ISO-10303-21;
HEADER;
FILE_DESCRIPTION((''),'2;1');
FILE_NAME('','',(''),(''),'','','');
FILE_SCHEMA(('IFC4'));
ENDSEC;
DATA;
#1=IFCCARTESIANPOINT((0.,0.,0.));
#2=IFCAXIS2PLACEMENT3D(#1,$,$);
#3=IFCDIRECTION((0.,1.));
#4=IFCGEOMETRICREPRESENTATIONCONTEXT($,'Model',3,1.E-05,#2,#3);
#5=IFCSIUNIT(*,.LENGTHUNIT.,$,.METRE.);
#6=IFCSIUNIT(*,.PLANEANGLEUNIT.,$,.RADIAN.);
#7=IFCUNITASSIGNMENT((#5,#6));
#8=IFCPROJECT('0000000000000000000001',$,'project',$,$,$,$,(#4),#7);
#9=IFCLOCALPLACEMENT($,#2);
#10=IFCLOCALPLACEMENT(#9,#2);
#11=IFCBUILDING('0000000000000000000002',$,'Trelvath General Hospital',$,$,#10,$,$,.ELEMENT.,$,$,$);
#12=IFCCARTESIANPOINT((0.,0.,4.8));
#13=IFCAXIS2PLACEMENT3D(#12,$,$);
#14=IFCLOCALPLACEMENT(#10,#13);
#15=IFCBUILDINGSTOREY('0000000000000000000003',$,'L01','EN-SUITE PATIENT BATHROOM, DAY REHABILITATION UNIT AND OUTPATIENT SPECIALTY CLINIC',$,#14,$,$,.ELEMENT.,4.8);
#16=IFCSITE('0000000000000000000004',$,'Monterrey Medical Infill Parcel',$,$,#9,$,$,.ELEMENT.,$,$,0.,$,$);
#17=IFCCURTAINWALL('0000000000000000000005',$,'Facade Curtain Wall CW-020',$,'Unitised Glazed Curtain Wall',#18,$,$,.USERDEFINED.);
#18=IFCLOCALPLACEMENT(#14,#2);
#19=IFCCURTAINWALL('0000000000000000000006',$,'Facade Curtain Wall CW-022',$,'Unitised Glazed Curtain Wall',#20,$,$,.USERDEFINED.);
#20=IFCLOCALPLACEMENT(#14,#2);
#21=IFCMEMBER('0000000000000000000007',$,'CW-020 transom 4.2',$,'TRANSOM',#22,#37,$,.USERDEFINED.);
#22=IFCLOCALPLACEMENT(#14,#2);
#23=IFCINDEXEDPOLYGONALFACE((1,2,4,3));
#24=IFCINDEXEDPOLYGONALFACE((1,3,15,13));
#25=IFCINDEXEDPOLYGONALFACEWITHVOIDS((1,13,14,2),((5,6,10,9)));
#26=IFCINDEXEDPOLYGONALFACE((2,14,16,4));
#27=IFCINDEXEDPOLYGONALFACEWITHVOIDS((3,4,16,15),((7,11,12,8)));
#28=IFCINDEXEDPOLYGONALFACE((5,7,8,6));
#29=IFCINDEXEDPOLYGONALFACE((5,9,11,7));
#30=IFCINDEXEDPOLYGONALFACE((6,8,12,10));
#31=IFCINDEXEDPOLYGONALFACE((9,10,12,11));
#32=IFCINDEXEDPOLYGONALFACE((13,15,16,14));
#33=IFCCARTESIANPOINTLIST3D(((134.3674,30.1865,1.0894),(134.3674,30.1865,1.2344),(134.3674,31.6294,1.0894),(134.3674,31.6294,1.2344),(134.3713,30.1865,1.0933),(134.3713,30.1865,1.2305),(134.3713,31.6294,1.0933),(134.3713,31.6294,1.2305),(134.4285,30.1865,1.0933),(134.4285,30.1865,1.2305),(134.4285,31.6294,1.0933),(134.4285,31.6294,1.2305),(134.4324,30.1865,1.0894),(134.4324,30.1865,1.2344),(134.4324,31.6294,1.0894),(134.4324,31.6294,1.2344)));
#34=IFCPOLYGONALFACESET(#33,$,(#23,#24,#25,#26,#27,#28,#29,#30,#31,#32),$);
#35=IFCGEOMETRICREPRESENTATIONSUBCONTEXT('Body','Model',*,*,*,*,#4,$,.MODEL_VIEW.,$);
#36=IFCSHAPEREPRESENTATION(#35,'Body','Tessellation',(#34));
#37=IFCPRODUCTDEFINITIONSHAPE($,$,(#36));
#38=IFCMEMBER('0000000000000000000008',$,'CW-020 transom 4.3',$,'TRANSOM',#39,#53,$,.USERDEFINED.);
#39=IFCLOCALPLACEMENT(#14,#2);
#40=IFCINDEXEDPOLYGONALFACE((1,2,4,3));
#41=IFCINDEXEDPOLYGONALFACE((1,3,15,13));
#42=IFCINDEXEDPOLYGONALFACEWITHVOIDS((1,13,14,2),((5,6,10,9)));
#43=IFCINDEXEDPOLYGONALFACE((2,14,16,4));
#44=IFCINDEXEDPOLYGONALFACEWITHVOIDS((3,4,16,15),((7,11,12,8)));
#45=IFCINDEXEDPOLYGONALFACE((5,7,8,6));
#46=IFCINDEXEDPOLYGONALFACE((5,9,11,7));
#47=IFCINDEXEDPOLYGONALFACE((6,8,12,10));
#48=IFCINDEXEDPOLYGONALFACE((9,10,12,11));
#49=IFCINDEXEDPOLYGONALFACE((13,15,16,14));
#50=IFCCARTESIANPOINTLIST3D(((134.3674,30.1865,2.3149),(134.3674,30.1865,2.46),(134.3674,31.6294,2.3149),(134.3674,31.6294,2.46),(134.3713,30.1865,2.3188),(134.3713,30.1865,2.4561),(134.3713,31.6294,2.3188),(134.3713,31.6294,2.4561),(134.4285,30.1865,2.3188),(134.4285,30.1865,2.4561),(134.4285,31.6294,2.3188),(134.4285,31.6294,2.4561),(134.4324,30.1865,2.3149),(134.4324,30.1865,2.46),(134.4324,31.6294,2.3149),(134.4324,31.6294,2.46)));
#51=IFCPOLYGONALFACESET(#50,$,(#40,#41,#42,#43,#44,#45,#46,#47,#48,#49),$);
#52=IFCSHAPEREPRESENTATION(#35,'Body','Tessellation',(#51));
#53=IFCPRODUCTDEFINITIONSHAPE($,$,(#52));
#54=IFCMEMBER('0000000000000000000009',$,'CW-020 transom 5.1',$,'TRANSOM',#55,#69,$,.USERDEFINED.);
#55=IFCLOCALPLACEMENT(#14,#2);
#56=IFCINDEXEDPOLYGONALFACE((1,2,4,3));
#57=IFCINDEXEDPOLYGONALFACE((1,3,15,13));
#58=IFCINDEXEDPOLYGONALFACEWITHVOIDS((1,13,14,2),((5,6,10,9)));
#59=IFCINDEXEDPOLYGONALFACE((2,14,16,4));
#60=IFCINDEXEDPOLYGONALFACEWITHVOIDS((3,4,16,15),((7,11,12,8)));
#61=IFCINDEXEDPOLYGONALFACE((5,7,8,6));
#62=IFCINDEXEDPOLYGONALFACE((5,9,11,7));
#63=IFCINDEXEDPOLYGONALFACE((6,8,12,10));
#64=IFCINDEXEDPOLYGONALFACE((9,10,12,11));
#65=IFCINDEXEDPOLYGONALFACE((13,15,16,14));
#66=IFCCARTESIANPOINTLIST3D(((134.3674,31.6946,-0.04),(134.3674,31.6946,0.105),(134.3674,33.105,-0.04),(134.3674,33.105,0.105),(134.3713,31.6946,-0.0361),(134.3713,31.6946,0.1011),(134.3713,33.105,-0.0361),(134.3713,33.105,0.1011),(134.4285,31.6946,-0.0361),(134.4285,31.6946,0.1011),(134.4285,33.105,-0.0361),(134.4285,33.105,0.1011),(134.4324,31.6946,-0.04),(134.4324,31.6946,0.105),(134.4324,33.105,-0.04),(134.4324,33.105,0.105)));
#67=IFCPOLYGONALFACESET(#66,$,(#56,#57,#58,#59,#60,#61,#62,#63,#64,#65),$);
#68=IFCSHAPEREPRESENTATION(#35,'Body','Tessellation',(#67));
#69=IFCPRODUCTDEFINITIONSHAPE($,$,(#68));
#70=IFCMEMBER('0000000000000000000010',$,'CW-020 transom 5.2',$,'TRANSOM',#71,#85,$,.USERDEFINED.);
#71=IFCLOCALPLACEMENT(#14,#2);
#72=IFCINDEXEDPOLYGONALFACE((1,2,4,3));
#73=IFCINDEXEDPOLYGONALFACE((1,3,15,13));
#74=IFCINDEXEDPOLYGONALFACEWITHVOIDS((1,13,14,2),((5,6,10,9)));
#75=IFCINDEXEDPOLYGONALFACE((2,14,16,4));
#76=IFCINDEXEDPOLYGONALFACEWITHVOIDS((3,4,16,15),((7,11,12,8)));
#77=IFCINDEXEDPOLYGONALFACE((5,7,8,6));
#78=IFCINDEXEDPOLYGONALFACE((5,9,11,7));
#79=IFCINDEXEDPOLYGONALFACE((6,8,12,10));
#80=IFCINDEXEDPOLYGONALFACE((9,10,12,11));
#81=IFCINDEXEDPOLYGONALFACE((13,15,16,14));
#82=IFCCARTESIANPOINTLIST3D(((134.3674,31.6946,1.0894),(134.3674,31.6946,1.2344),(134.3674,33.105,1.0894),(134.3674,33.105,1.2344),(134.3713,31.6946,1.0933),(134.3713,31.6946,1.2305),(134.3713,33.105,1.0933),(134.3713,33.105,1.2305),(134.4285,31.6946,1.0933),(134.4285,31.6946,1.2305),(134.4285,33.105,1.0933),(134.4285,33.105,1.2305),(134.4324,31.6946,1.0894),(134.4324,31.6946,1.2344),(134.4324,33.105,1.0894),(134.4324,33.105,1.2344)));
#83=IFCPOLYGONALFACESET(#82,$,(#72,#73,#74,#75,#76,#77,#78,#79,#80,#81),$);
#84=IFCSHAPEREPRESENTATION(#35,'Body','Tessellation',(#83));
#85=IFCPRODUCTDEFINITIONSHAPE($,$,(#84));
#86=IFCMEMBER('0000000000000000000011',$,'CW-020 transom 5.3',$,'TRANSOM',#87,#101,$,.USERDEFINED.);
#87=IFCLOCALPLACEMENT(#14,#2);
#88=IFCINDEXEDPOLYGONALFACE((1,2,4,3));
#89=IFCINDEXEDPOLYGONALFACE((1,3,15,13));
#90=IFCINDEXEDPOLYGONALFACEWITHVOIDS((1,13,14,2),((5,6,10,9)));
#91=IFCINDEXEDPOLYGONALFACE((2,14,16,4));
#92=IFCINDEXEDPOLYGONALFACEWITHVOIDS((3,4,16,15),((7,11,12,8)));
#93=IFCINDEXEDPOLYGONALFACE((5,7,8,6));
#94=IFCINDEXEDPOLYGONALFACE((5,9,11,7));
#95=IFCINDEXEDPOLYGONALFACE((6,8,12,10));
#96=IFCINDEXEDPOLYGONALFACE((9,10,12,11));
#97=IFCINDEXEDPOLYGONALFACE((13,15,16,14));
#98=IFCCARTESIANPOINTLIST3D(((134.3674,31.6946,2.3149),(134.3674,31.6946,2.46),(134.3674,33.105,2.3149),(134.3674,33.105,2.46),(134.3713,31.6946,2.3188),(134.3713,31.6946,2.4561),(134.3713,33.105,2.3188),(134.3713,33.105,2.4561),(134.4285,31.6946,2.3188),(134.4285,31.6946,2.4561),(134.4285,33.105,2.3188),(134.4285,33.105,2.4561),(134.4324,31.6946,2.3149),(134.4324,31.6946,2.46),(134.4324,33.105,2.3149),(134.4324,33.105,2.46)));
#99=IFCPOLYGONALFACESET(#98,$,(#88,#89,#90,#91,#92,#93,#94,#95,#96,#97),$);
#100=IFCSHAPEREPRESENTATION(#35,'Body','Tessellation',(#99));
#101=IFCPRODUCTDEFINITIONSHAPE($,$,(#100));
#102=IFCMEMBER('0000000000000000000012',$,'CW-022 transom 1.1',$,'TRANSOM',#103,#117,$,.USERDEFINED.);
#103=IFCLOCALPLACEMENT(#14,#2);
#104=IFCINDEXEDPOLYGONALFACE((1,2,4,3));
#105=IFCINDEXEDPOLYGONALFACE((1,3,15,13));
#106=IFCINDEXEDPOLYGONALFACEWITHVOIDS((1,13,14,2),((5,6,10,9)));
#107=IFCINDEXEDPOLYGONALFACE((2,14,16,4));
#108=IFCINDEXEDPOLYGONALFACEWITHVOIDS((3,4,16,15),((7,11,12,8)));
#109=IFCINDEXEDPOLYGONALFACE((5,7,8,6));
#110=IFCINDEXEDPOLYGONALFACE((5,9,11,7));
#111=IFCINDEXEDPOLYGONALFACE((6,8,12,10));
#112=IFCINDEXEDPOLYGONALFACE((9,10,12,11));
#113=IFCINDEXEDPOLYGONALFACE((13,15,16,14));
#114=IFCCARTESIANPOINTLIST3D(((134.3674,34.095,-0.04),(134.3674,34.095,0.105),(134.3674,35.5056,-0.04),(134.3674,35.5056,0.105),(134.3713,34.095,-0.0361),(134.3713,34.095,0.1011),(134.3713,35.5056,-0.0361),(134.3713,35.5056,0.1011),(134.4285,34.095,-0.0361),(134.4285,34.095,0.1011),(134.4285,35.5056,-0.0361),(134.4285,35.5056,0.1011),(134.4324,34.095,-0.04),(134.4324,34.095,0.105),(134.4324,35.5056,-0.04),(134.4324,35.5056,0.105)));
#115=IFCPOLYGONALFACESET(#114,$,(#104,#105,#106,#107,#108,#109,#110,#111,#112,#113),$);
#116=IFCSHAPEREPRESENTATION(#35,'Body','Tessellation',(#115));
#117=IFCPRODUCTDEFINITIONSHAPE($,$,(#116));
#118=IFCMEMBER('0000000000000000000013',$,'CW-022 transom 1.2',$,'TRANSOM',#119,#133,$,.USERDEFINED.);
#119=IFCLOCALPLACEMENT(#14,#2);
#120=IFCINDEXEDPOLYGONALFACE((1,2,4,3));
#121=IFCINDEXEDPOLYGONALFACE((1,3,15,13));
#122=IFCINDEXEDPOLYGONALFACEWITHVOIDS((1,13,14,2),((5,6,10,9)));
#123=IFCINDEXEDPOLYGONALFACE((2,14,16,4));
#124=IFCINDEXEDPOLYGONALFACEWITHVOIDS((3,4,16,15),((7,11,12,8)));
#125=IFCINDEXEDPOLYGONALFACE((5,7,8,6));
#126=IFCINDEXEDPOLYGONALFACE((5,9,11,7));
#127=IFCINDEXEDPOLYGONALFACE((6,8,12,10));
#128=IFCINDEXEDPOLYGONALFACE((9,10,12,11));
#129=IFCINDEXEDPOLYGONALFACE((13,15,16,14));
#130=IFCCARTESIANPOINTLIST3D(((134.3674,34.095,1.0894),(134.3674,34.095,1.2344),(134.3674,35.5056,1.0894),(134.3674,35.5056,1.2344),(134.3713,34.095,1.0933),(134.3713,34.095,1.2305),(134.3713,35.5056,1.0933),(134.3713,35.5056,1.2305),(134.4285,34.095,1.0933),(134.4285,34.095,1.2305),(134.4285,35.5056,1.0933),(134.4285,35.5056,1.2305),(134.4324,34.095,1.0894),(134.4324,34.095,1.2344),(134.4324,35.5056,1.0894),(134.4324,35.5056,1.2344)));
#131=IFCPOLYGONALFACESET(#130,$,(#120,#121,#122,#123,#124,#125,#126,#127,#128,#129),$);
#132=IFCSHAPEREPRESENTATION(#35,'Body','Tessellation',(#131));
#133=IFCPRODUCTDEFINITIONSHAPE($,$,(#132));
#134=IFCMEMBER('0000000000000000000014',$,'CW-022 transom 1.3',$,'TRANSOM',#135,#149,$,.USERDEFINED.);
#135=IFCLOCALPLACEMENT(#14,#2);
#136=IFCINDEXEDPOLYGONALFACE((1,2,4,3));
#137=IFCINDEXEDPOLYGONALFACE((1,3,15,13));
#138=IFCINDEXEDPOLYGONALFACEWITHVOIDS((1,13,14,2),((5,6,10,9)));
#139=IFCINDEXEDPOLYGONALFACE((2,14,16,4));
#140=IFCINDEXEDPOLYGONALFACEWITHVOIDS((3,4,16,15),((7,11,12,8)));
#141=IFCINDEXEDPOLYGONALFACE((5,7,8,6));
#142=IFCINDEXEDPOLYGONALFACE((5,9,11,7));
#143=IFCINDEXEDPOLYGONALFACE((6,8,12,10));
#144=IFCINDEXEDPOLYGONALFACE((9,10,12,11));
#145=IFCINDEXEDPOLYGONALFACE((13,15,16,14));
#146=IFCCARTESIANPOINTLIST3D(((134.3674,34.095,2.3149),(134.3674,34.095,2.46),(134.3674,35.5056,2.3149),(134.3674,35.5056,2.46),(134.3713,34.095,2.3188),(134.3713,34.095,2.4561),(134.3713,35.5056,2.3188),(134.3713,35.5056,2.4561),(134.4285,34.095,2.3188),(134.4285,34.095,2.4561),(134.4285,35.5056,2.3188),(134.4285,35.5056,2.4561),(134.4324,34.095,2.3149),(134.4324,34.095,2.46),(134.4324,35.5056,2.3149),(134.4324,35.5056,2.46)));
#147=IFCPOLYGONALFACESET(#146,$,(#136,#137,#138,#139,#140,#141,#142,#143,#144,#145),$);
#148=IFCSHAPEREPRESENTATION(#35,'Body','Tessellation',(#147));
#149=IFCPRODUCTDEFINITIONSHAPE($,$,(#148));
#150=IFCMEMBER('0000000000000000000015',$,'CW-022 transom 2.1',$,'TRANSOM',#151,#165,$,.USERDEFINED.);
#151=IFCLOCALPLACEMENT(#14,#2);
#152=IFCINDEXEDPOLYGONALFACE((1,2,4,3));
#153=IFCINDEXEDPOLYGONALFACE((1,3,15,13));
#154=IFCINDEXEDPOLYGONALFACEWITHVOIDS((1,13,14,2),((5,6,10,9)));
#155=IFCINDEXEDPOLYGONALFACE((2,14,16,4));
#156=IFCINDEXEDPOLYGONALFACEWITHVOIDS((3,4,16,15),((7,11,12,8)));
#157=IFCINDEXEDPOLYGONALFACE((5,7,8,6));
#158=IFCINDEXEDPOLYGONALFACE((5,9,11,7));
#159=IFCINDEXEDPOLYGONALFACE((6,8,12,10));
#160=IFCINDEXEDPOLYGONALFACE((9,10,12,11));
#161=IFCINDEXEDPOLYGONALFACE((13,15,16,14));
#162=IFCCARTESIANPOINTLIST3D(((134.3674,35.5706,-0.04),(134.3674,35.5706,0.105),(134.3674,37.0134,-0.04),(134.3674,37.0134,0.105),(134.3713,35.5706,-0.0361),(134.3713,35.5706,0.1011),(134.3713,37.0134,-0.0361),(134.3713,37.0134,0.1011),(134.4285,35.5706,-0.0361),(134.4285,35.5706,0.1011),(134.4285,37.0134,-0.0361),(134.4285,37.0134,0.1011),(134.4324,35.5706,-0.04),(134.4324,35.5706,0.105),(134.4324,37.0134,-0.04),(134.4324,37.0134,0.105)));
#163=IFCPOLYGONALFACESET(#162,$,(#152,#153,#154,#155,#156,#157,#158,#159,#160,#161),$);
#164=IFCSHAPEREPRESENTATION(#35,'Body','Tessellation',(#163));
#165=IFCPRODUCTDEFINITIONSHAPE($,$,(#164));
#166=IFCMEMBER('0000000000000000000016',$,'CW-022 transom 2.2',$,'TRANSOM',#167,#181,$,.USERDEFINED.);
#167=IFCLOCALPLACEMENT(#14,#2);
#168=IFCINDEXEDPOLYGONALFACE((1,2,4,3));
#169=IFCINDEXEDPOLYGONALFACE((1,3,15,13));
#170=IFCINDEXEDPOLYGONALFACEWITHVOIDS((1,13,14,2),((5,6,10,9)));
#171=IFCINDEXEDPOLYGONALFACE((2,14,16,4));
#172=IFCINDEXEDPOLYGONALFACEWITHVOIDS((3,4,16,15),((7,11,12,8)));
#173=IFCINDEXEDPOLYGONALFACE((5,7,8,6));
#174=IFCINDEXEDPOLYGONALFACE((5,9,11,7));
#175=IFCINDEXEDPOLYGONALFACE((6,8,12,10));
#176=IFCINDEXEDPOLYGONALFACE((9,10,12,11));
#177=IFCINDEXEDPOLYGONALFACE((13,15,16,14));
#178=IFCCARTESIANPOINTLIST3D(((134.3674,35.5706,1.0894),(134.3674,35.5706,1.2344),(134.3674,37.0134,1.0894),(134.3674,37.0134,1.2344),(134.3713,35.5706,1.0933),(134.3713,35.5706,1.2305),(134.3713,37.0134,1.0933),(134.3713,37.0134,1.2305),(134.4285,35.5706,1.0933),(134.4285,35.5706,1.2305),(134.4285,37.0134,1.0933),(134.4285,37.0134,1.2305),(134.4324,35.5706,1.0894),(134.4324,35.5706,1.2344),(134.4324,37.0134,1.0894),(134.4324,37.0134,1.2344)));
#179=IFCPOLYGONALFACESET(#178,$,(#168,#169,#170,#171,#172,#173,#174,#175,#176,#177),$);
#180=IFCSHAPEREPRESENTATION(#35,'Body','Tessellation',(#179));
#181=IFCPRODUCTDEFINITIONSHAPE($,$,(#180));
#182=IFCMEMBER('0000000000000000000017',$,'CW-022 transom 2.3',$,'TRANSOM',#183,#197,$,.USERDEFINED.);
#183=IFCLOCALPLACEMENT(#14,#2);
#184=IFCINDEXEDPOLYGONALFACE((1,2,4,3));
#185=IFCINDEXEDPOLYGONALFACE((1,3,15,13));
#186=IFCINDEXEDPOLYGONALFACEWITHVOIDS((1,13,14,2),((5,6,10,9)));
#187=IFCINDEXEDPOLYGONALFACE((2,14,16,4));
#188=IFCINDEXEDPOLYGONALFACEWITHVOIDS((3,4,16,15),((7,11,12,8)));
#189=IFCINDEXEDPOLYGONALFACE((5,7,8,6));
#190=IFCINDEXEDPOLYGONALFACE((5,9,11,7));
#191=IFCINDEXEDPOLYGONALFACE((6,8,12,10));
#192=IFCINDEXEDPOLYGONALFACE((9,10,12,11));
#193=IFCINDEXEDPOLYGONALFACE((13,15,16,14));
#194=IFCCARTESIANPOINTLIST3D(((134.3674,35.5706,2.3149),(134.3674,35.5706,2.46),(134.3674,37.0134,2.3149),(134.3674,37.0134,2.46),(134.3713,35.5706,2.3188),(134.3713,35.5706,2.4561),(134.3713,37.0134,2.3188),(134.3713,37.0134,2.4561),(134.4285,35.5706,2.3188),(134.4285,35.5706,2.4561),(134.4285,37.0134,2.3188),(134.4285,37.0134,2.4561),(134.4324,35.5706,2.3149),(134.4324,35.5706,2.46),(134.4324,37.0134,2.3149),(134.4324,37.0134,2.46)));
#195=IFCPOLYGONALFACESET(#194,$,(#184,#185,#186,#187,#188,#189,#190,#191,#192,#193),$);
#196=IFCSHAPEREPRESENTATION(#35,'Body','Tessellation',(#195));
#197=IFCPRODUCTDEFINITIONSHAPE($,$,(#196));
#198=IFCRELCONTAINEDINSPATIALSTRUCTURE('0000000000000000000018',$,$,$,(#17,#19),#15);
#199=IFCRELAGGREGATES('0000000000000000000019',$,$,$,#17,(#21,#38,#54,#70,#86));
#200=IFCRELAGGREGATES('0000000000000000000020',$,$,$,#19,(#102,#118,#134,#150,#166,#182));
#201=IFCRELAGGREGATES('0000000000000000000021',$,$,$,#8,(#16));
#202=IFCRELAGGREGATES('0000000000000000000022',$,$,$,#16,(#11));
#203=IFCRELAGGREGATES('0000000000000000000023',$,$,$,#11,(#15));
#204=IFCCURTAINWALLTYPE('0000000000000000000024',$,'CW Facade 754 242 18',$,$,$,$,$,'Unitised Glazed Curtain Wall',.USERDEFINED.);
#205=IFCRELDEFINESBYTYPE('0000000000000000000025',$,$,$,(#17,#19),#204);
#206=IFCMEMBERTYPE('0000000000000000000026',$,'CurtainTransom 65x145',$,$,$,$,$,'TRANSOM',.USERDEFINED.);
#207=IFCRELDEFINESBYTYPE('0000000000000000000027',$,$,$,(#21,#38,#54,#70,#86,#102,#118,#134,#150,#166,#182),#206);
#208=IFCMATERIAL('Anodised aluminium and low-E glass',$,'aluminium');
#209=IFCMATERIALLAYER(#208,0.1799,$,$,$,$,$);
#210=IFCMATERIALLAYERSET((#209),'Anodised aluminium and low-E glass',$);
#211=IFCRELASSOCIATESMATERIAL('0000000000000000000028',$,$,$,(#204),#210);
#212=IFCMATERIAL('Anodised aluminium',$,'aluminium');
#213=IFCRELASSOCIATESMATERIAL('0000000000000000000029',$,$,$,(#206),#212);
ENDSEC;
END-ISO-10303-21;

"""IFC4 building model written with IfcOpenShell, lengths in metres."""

from ifc_helpers import new_model, si_unit, direction, frame, origin, origin_2d, place, context, subcontext, project, spatial, hollow_rectangle, extrude, material, layer, layer_set, material_profile, profile_set, type_object, element, aggregate, save


model = new_model("IFC4")

# Units and contexts
model_context = context("Model", 3, precision=1e-05, world=origin(), true_north=direction((0.0, 1.0)))
body_context = subcontext(model_context, "Body", "Model", "MODEL_VIEW")
ifc_project = project(units=[si_unit("LENGTHUNIT", "METRE"), si_unit("PLANEANGLEUNIT", "RADIAN")], contexts=[model_context])

# Site, building, storey
site_placement = place(None, origin())
site = spatial("IfcSite", under=ifc_project, at=site_placement, Name="Monterrey Medical Infill Parcel", CompositionType="ELEMENT", RefElevation=0.0)
building_placement = place(site_placement, origin())
building = spatial("IfcBuilding", under=site, at=building_placement, Name="Trelvath General Hospital", CompositionType="ELEMENT")
storey_placement = place(building_placement, frame((0.0, 0.0, 4.8)))
storey = spatial("IfcBuildingStorey", under=building, at=storey_placement, Name="L01", Description="EN-SUITE PATIENT BATHROOM, DAY REHABILITATION UNIT AND OUTPATIENT SPECIALTY CLINIC", CompositionType="ELEMENT", Elevation=4.8)

# Curtain walls
ifc_material_1 = material(Name="Anodised aluminium and low-E glass", Category="aluminium")
ifc_layer_1 = layer(ifc_material_1, 0.1799)
ifc_layer_set_1 = layer_set([ifc_layer_1], Name="Anodised aluminium and low-E glass")
curtain_wall_type = type_object("IfcCurtainWallType", Name="CW Facade 754 242 18", ElementType="Unitised Glazed Curtain Wall", PredefinedType="USERDEFINED", material=ifc_layer_set_1)
curtain_wall_1_placement = place(storey_placement, origin())
curtain_wall_1 = element("IfcCurtainWall", 1, at=curtain_wall_1_placement, inside=storey, type_object=curtain_wall_type, Name="Facade Curtain Wall CW-020", ObjectType="Unitised Glazed Curtain Wall", PredefinedType="USERDEFINED")
curtain_wall_2_placement = place(storey_placement, origin())
curtain_wall_2 = element("IfcCurtainWall", 2, at=curtain_wall_2_placement, inside=storey, type_object=curtain_wall_type, Name="Facade Curtain Wall CW-022", ObjectType="Unitised Glazed Curtain Wall", PredefinedType="USERDEFINED")

# Members
ifc_material_2 = material(Name="Anodised aluminium", Category="aluminium")
ifc_material_profile_1 = material_profile(ifc_material_2, hollow_rectangle(XDim=0.0649, YDim=0.145, WallThickness=0.0039, at=origin_2d()), Name="RHS65x145x4")
ifc_profile_set_1 = profile_set([ifc_material_profile_1], Name="Anodised aluminium")
member_type_1 = type_object("IfcMemberType", Name="CurtainTransom 65x145", ElementType="TRANSOM", PredefinedType="USERDEFINED", material=ifc_profile_set_1)
member_1_placement = place(storey_placement, frame((134.3999, 30.1865, 1.1619), z_axis=(0.0, 1.0, 0.0), x_axis=(-1.0, 0.0, 0.0)))
member_1 = element("IfcMember", 3, at=member_1_placement, type_object=member_type_1, Name="CW-020 transom 4.2", ObjectType="TRANSOM", PredefinedType="USERDEFINED", context=body_context, shape_type="SweptSolid", body=[
    extrude(hollow_rectangle(XDim=0.0649, YDim=0.145, WallThickness=0.0039, at=origin_2d()), origin(), (0.0, 0.0, 1.0), 1.4429),
])
member_2_placement = place(storey_placement, frame((134.3999, 30.1865, 2.3875), z_axis=(0.0, 1.0, 0.0), x_axis=(-1.0, 0.0, 0.0)))
member_2 = element("IfcMember", 4, at=member_2_placement, type_object=member_type_1, Name="CW-020 transom 4.3", ObjectType="TRANSOM", PredefinedType="USERDEFINED", context=body_context, shape_type="SweptSolid", body=[
    extrude(hollow_rectangle(XDim=0.0649, YDim=0.145, WallThickness=0.0039, at=origin_2d()), origin(), (0.0, 0.0, 1.0), 1.4429),
])
member_3_placement = place(storey_placement, frame((134.3999, 31.6946, 0.0325), z_axis=(0.0, 1.0, 0.0), x_axis=(-1.0, 0.0, 0.0)))
member_3 = element("IfcMember", 5, at=member_3_placement, type_object=member_type_1, Name="CW-020 transom 5.1", ObjectType="TRANSOM", PredefinedType="USERDEFINED", context=body_context, shape_type="SweptSolid", body=[
    extrude(hollow_rectangle(XDim=0.0649, YDim=0.145, WallThickness=0.0039, at=origin_2d()), origin(), (0.0, 0.0, 1.0), 1.4104),
])
member_4_placement = place(storey_placement, frame((134.3999, 31.6946, 1.1619), z_axis=(0.0, 1.0, 0.0), x_axis=(-1.0, 0.0, 0.0)))
member_4 = element("IfcMember", 6, at=member_4_placement, type_object=member_type_1, Name="CW-020 transom 5.2", ObjectType="TRANSOM", PredefinedType="USERDEFINED", context=body_context, shape_type="SweptSolid", body=[
    extrude(hollow_rectangle(XDim=0.0649, YDim=0.145, WallThickness=0.0039, at=origin_2d()), origin(), (0.0, 0.0, 1.0), 1.4104),
])
member_5_placement = place(storey_placement, frame((134.3999, 31.6946, 2.3875), z_axis=(0.0, 1.0, 0.0), x_axis=(-1.0, 0.0, 0.0)))
member_5 = element("IfcMember", 7, at=member_5_placement, type_object=member_type_1, Name="CW-020 transom 5.3", ObjectType="TRANSOM", PredefinedType="USERDEFINED", context=body_context, shape_type="SweptSolid", body=[
    extrude(hollow_rectangle(XDim=0.0649, YDim=0.145, WallThickness=0.0039, at=origin_2d()), origin(), (0.0, 0.0, 1.0), 1.4104),
])
member_6_placement = place(storey_placement, frame((134.3999, 34.095, 0.0325), z_axis=(0.0, 1.0, 0.0), x_axis=(-1.0, 0.0, 0.0)))
member_6 = element("IfcMember", 8, at=member_6_placement, type_object=member_type_1, Name="CW-022 transom 1.1", ObjectType="TRANSOM", PredefinedType="USERDEFINED", context=body_context, shape_type="SweptSolid", body=[
    extrude(hollow_rectangle(XDim=0.0649, YDim=0.145, WallThickness=0.0039, at=origin_2d()), origin(), (0.0, 0.0, 1.0), 1.4106),
])
member_7_placement = place(storey_placement, frame((134.3999, 34.095, 1.1619), z_axis=(0.0, 1.0, 0.0), x_axis=(-1.0, 0.0, 0.0)))
member_7 = element("IfcMember", 9, at=member_7_placement, type_object=member_type_1, Name="CW-022 transom 1.2", ObjectType="TRANSOM", PredefinedType="USERDEFINED", context=body_context, shape_type="SweptSolid", body=[
    extrude(hollow_rectangle(XDim=0.0649, YDim=0.145, WallThickness=0.0039, at=origin_2d()), origin(), (0.0, 0.0, 1.0), 1.4106),
])
member_8_placement = place(storey_placement, frame((134.3999, 34.095, 2.3875), z_axis=(0.0, 1.0, 0.0), x_axis=(-1.0, 0.0, 0.0)))
member_8 = element("IfcMember", 10, at=member_8_placement, type_object=member_type_1, Name="CW-022 transom 1.3", ObjectType="TRANSOM", PredefinedType="USERDEFINED", context=body_context, shape_type="SweptSolid", body=[
    extrude(hollow_rectangle(XDim=0.0649, YDim=0.145, WallThickness=0.0039, at=origin_2d()), origin(), (0.0, 0.0, 1.0), 1.4106),
])
member_9_placement = place(storey_placement, frame((134.3999, 35.5706, 0.0325), z_axis=(0.0, 1.0, 0.0), x_axis=(-1.0, 0.0, 0.0)))
member_9 = element("IfcMember", 11, at=member_9_placement, type_object=member_type_1, Name="CW-022 transom 2.1", ObjectType="TRANSOM", PredefinedType="USERDEFINED", context=body_context, shape_type="SweptSolid", body=[
    extrude(hollow_rectangle(XDim=0.0649, YDim=0.145, WallThickness=0.0039, at=origin_2d()), origin(), (0.0, 0.0, 1.0), 1.4429),
])
member_10_placement = place(storey_placement, frame((134.3999, 35.5706, 1.1619), z_axis=(0.0, 1.0, 0.0), x_axis=(-1.0, 0.0, 0.0)))
member_10 = element("IfcMember", 12, at=member_10_placement, type_object=member_type_1, Name="CW-022 transom 2.2", ObjectType="TRANSOM", PredefinedType="USERDEFINED", context=body_context, shape_type="SweptSolid", body=[
    extrude(hollow_rectangle(XDim=0.0649, YDim=0.145, WallThickness=0.0039, at=origin_2d()), origin(), (0.0, 0.0, 1.0), 1.4429),
])
member_11_placement = place(storey_placement, frame((134.3999, 35.5706, 2.3875), z_axis=(0.0, 1.0, 0.0), x_axis=(-1.0, 0.0, 0.0)))
member_11 = element("IfcMember", 13, at=member_11_placement, type_object=member_type_1, Name="CW-022 transom 2.3", ObjectType="TRANSOM", PredefinedType="USERDEFINED", context=body_context, shape_type="SweptSolid", body=[
    extrude(hollow_rectangle(XDim=0.0649, YDim=0.145, WallThickness=0.0039, at=origin_2d()), origin(), (0.0, 0.0, 1.0), 1.4429),
])

aggregate(curtain_wall_1, [member_1, member_2, member_3, member_4, member_5])
aggregate(curtain_wall_2, [member_6, member_7, member_8, member_9, member_10, member_11])

save(model, "model.ifc")
